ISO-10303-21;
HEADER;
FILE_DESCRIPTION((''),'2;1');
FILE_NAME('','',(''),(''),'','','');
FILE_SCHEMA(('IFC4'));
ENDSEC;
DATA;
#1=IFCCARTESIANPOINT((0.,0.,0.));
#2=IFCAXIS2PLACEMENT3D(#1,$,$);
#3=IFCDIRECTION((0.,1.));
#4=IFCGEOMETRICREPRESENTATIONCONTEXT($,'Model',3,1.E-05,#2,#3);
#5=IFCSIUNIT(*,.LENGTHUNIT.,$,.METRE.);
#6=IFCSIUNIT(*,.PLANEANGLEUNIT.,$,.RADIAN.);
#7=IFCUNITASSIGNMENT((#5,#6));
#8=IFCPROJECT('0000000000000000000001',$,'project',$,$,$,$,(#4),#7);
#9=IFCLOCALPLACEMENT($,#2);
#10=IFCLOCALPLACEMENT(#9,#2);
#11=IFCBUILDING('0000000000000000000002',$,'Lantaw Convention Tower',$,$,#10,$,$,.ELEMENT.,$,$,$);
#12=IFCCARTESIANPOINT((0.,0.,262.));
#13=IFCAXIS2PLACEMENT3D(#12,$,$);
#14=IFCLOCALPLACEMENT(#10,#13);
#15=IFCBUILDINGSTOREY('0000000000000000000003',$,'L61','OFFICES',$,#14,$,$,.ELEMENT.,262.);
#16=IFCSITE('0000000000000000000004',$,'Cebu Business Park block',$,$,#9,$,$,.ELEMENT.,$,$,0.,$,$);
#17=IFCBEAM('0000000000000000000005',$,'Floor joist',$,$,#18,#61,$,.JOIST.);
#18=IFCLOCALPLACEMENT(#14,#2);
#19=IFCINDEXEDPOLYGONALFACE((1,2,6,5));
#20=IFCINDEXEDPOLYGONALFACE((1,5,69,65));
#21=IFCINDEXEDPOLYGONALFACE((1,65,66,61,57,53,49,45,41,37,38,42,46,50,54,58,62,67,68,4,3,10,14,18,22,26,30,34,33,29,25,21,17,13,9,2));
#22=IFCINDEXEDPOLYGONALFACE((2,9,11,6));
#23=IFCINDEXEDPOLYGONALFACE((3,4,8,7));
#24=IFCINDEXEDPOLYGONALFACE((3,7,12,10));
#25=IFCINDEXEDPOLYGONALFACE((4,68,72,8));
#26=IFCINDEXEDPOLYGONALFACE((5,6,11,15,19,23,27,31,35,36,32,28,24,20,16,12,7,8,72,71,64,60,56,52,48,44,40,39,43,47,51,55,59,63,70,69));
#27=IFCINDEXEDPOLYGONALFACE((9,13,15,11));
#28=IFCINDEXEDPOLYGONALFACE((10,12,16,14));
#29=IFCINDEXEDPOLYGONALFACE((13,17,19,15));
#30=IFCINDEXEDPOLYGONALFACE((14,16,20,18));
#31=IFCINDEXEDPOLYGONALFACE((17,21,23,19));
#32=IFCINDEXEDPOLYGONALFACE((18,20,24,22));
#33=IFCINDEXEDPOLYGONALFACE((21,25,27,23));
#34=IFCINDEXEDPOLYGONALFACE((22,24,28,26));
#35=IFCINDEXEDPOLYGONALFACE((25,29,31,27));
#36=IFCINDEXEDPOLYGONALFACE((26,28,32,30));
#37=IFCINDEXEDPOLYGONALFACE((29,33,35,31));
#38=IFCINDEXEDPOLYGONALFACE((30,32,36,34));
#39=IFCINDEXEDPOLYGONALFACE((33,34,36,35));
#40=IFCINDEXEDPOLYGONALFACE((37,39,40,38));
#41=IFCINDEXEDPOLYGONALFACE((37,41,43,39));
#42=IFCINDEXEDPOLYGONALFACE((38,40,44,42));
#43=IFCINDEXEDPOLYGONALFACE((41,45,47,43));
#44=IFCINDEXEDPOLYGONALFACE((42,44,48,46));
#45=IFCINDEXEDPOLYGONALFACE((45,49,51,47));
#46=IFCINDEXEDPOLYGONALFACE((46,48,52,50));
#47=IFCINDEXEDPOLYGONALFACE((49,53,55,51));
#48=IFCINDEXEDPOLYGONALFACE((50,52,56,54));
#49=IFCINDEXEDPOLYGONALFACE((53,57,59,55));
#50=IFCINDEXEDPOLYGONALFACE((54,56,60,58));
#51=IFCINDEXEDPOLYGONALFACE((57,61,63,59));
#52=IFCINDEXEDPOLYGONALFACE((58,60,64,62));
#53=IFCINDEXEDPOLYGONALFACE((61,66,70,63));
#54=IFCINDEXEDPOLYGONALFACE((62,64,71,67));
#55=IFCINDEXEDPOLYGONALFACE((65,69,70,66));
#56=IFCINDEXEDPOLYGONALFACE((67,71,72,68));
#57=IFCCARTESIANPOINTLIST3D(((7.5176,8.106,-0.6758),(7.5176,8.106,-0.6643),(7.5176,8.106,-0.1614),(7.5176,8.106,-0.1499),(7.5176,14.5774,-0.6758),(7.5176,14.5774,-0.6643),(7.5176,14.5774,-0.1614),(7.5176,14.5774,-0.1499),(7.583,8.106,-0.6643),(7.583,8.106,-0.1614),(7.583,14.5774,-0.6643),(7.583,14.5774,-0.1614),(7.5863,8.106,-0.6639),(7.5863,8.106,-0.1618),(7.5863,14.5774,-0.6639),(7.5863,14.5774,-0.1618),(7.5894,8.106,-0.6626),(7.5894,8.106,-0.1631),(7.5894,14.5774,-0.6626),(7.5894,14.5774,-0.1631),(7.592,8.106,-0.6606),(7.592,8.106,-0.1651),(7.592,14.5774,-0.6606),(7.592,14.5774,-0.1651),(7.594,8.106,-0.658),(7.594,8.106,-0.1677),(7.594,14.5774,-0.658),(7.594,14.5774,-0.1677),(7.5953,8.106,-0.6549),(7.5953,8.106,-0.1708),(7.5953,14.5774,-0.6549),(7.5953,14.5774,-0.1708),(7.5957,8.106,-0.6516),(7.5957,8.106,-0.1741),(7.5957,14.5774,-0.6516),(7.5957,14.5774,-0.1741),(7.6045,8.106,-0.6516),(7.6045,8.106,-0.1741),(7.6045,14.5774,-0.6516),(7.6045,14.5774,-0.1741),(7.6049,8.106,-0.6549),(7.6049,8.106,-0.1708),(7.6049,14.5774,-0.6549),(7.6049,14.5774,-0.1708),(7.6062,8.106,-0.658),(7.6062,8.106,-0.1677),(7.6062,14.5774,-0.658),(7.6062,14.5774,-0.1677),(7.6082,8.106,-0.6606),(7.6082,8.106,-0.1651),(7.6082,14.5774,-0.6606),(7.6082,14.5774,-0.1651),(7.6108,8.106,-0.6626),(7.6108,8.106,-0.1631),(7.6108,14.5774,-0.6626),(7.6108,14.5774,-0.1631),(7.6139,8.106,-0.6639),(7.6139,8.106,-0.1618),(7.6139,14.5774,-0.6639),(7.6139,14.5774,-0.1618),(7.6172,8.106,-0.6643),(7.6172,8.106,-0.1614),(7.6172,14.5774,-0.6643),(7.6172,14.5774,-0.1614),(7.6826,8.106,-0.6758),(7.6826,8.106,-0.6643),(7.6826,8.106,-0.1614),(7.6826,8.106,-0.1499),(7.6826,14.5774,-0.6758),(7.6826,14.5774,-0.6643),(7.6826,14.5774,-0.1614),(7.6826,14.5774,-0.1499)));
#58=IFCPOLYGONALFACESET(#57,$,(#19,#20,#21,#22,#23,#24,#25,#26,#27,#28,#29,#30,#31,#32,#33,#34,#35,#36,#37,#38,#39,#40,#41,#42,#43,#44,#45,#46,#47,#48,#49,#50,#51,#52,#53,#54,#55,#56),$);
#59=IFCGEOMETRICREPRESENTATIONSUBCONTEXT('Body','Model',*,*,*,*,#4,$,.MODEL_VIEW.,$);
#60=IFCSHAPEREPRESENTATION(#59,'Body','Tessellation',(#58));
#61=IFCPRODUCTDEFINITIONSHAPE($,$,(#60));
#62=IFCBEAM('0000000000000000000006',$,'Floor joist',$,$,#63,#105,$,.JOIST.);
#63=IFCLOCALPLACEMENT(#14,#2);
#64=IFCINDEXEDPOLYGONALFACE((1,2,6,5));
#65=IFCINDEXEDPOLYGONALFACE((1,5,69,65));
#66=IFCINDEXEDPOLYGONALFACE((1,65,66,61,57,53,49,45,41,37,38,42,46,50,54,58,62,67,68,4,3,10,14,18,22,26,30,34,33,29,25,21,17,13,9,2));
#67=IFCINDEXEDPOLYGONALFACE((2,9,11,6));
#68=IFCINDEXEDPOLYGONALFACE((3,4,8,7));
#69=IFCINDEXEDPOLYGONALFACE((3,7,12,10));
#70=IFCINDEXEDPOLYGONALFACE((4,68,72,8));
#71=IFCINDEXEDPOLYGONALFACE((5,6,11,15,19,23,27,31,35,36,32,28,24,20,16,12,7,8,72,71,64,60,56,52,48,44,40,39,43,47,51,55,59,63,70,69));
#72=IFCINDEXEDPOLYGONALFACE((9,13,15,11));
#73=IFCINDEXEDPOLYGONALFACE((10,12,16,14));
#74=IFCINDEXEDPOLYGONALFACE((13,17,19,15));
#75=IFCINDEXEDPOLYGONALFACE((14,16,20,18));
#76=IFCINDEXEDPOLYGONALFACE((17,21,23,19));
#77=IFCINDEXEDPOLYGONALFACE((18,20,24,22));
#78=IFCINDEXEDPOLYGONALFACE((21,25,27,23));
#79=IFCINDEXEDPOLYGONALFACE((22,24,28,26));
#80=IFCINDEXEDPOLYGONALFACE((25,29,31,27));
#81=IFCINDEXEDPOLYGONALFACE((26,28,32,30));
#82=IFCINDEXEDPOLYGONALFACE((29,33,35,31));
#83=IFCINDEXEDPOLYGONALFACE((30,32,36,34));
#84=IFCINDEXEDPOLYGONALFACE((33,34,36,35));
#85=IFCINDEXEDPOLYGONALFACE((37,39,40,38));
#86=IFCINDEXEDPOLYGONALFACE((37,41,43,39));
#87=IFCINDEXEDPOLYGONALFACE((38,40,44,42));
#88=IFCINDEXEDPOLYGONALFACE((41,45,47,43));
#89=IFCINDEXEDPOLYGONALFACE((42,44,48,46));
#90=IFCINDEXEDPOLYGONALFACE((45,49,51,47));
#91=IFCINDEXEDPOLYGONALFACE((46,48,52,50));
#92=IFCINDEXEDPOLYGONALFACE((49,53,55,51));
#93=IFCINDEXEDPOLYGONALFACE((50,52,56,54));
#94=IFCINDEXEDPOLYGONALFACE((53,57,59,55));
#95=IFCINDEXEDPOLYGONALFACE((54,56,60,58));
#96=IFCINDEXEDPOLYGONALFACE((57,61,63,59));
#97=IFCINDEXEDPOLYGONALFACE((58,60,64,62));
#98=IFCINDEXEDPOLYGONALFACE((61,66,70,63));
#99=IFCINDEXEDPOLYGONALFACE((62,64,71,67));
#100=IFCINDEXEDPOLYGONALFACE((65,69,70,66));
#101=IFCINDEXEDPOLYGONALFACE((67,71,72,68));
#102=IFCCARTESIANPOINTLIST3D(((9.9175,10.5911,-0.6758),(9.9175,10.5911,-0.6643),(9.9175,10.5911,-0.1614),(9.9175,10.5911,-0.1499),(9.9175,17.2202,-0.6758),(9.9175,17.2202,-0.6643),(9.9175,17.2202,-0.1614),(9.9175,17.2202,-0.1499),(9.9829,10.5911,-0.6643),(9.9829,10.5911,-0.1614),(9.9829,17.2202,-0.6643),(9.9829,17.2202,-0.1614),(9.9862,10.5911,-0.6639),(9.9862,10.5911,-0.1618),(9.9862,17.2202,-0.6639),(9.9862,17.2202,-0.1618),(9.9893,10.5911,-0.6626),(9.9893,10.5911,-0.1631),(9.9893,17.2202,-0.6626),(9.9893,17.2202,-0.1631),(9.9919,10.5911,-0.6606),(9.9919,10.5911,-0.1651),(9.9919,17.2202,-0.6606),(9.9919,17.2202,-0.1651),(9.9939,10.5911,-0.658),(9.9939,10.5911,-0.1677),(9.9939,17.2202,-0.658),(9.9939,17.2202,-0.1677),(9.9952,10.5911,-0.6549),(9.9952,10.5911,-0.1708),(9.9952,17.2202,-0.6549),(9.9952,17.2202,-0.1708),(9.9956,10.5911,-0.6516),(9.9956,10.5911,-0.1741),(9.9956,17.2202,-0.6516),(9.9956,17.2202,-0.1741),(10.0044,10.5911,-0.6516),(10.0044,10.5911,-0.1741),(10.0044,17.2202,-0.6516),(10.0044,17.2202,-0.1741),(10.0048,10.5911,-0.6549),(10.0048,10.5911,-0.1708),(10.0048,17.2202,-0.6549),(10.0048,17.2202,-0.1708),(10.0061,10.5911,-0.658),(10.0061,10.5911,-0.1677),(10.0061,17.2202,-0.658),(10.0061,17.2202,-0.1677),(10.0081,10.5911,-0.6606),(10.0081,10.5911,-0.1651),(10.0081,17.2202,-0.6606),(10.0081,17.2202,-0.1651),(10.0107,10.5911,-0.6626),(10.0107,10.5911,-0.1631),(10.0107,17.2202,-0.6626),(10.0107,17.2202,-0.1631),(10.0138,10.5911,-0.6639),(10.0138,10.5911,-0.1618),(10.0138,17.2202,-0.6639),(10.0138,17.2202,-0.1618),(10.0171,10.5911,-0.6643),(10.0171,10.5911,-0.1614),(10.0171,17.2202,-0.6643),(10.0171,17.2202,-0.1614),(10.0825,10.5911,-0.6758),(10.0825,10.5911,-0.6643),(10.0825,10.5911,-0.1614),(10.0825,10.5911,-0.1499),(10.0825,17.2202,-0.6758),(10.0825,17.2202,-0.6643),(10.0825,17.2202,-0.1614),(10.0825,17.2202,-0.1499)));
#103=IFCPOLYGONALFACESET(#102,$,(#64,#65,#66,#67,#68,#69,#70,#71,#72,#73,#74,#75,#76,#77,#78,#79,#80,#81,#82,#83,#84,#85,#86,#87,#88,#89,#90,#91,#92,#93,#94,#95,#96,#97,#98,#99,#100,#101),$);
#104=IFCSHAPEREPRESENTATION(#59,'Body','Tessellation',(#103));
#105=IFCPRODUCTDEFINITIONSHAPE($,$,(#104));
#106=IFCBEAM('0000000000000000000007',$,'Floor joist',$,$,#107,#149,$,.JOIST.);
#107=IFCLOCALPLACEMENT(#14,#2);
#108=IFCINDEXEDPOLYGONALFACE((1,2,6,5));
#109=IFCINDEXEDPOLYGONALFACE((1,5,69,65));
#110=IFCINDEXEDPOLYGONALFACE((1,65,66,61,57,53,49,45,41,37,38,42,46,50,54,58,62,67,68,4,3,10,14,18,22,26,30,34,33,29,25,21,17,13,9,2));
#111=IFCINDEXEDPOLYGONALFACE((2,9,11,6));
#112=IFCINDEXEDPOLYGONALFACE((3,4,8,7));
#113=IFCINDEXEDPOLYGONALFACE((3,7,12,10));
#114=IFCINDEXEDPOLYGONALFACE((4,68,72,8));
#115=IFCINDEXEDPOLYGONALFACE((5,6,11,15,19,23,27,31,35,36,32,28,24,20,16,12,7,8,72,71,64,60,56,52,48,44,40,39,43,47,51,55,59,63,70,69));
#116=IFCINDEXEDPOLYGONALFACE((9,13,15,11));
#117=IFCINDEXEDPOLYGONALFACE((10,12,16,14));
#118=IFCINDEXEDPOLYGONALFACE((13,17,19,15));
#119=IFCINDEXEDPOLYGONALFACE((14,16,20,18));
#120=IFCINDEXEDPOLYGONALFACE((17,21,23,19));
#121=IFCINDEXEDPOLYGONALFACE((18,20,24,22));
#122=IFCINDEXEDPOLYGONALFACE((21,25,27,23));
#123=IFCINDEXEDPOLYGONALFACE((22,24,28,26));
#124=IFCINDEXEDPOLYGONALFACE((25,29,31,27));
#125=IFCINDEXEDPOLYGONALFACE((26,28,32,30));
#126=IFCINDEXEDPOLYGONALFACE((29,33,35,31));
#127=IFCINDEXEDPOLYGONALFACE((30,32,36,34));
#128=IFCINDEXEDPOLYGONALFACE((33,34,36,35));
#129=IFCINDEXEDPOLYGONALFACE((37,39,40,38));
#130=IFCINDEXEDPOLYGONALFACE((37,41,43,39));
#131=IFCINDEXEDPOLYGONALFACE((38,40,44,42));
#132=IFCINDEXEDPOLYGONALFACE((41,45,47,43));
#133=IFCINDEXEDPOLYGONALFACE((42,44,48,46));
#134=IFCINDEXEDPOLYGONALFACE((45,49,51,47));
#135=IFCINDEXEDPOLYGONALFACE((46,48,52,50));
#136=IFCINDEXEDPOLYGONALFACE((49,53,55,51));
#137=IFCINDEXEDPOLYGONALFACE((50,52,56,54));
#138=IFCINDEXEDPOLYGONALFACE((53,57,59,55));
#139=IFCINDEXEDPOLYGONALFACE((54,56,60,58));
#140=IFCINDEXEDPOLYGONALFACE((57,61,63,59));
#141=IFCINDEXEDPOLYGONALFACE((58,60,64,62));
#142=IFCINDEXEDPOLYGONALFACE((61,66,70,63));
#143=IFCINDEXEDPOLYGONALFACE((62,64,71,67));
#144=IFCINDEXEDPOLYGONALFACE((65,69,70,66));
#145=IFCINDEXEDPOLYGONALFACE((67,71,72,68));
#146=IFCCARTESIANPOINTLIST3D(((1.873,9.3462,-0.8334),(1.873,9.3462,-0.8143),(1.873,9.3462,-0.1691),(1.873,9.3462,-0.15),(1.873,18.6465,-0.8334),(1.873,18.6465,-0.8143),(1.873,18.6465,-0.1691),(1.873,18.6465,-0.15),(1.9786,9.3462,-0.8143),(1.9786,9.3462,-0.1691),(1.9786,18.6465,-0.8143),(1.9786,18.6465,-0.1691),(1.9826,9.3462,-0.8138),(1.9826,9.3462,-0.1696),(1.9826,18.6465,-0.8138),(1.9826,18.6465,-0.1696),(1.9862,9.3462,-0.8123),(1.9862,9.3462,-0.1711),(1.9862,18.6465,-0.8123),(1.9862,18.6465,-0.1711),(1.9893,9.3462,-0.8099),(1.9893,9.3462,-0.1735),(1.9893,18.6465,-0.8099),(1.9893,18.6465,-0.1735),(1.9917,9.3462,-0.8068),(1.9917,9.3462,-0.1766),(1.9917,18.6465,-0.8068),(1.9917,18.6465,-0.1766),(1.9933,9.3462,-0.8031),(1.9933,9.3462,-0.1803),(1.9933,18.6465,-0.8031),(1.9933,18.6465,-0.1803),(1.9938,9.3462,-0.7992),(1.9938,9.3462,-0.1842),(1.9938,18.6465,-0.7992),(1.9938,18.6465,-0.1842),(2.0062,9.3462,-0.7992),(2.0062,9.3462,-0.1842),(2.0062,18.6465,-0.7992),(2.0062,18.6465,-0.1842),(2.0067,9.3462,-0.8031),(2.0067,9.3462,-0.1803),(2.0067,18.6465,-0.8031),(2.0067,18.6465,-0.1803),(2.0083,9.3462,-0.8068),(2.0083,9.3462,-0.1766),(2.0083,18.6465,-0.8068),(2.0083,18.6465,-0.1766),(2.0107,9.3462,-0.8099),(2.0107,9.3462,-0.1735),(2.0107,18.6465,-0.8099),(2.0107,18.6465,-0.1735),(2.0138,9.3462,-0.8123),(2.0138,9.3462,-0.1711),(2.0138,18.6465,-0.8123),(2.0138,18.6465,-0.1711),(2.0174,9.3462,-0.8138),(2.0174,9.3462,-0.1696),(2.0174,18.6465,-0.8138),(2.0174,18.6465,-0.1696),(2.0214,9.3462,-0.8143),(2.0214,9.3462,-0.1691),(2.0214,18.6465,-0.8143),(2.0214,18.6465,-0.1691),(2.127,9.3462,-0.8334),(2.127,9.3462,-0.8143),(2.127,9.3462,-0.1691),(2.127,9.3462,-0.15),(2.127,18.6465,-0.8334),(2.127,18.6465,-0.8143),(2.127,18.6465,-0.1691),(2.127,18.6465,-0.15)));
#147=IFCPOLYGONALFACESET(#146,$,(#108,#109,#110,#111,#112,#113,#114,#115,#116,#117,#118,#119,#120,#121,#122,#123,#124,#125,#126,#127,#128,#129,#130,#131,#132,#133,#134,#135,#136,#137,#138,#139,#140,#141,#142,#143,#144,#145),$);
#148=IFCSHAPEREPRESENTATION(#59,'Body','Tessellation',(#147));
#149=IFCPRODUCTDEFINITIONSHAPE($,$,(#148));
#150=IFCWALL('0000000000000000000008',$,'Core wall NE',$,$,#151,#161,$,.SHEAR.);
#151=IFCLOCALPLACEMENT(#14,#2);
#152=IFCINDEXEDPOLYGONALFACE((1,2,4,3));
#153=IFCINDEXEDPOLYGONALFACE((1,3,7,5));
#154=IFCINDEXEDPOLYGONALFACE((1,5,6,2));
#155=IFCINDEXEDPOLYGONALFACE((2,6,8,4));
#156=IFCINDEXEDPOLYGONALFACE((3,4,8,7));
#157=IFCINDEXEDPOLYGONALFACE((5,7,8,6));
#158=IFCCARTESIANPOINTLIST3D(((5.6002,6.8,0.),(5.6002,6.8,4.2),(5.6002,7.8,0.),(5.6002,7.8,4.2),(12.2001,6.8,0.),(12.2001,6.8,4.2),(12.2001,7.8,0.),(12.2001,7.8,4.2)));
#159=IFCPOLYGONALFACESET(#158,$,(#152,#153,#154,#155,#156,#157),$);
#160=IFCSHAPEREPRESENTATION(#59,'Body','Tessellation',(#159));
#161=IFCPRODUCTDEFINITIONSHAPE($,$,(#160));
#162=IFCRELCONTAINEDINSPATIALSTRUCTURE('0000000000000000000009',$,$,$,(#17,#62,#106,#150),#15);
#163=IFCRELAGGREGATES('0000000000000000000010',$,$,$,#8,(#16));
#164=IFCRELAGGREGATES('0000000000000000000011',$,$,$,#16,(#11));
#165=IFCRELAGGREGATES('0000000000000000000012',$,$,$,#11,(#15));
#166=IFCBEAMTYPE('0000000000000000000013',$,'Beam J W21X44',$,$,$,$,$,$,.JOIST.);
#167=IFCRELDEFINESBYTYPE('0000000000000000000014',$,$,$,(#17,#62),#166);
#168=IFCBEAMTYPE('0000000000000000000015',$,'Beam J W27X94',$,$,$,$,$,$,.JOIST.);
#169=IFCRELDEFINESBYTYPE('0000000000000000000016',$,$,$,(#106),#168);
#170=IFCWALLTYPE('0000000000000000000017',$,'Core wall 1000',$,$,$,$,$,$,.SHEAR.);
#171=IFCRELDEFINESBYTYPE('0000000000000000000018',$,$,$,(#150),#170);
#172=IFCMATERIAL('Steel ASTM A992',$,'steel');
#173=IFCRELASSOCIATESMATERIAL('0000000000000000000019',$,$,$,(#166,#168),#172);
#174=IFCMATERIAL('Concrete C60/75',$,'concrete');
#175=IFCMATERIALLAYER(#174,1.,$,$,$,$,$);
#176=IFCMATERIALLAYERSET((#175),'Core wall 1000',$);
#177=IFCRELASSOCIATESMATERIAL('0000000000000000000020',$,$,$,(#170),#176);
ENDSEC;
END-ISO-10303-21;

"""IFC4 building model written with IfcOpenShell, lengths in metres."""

from ifc_helpers import new_model, si_unit, direction, frame, frame_2d, origin, origin_2d, place, context, subcontext, project, spatial, rectangle, i_section, extrude, material, layer, layer_set, material_profile, profile_set, type_object, element, save


model = new_model("IFC4")

# Units and contexts
model_context = context("Model", 3, precision=1e-05, world=origin(), true_north=direction((0.0, 1.0)))
body_context = subcontext(model_context, "Body", "Model", "MODEL_VIEW")
ifc_project = project(units=[si_unit("LENGTHUNIT", "METRE"), si_unit("PLANEANGLEUNIT", "RADIAN")], contexts=[model_context])

# Site, building, storey
site_placement = place(None, origin())
site = spatial("IfcSite", under=ifc_project, at=site_placement, Name="Cebu Business Park block", CompositionType="ELEMENT", RefElevation=0.0)
building_placement = place(site_placement, origin())
building = spatial("IfcBuilding", under=site, at=building_placement, Name="Lantaw Convention Tower", CompositionType="ELEMENT")
storey_placement = place(building_placement, frame((0.0, 0.0, 262.0)))
storey = spatial("IfcBuildingStorey", under=building, at=storey_placement, Name="L61", Description="OFFICES", CompositionType="ELEMENT", Elevation=262.0)

# Beams
ifc_material_1 = material(Name="Steel ASTM A992", Category="steel")
ifc_material_profile_1 = material_profile(ifc_material_1, i_section(OverallWidth=0.165, OverallDepth=0.5259, WebThickness=0.0088, FlangeThickness=0.0115, FilletRadius=0.0127, at=origin_2d()), Name="W21X44")
ifc_profile_set_1 = profile_set([ifc_material_profile_1], Name="Steel ASTM A992")
beam_type_1 = type_object("IfcBeamType", Name="Beam J W21X44", PredefinedType="JOIST", material=ifc_profile_set_1)
beam_1_placement = place(storey_placement, frame((7.6001, 8.106, -0.4128), z_axis=(0.0, 1.0, 0.0), x_axis=(-1.0, 0.0, 0.0)))
element("IfcBeam", 1, at=beam_1_placement, inside=storey, type_object=beam_type_1, Name="Floor joist", PredefinedType="JOIST", context=body_context, shape_type="SweptSolid", body=[
    extrude(i_section(OverallWidth=0.165, OverallDepth=0.5259, WebThickness=0.0088, FlangeThickness=0.0115, FilletRadius=0.0127, at=origin_2d()), origin(), (0.0, 0.0, 1.0), 6.4714),
])
beam_2_placement = place(storey_placement, frame((10.0, 10.5911, -0.4128), z_axis=(0.0, 1.0, 0.0), x_axis=(-1.0, 0.0, 0.0)))
element("IfcBeam", 2, at=beam_2_placement, inside=storey, type_object=beam_type_1, Name="Floor joist", PredefinedType="JOIST", context=body_context, shape_type="SweptSolid", body=[
    extrude(i_section(OverallWidth=0.165, OverallDepth=0.5259, WebThickness=0.0088, FlangeThickness=0.0115, FilletRadius=0.0127, at=origin_2d()), origin(), (0.0, 0.0, 1.0), 6.6292),
])
ifc_material_profile_2 = material_profile(ifc_material_1, i_section(OverallWidth=0.2539, OverallDepth=0.6833, WebThickness=0.0125, FlangeThickness=0.019, FilletRadius=0.0151, at=origin_2d()), Name="W27X94")
ifc_profile_set_2 = profile_set([ifc_material_profile_2], Name="Steel ASTM A992")
beam_type_2 = type_object("IfcBeamType", Name="Beam J W27X94", PredefinedType="JOIST", material=ifc_profile_set_2)
beam_3_placement = place(storey_placement, frame((2.0, 9.3462, -0.4917), z_axis=(0.0, 1.0, 0.0), x_axis=(-1.0, 0.0, 0.0)))
element("IfcBeam", 3, at=beam_3_placement, inside=storey, type_object=beam_type_2, Name="Floor joist", PredefinedType="JOIST", context=body_context, shape_type="SweptSolid", body=[
    extrude(i_section(OverallWidth=0.2539, OverallDepth=0.6833, WebThickness=0.0125, FlangeThickness=0.019, FilletRadius=0.0151, at=origin_2d()), origin(), (0.0, 0.0, 1.0), 9.3003),
])

# Wall
ifc_material_2 = material(Name="Concrete C60/75", Category="concrete")
ifc_layer_1 = layer(ifc_material_2, 1.0)
ifc_layer_set_1 = layer_set([ifc_layer_1], Name="Core wall 1000")
wall_type_1 = type_object("IfcWallType", Name="Core wall 1000", PredefinedType="SHEAR", material=ifc_layer_set_1)
wall_1_placement = place(storey_placement, frame((12.2, 7.3, 0.0), z_axis=(0.0, 0.0, 1.0), x_axis=(-1.0, 0.0, 0.0)))
element("IfcWall", 4, at=wall_1_placement, inside=storey, type_object=wall_type_1, Name="Core wall NE", PredefinedType="SHEAR", context=body_context, shape_type="SweptSolid", body=[
    extrude(rectangle(XDim=6.5999, YDim=1.0, at=frame_2d((3.2998, 0.0))), origin(), (0.0, 0.0, 1.0), 4.2),
])

save(model, "model.ifc")
